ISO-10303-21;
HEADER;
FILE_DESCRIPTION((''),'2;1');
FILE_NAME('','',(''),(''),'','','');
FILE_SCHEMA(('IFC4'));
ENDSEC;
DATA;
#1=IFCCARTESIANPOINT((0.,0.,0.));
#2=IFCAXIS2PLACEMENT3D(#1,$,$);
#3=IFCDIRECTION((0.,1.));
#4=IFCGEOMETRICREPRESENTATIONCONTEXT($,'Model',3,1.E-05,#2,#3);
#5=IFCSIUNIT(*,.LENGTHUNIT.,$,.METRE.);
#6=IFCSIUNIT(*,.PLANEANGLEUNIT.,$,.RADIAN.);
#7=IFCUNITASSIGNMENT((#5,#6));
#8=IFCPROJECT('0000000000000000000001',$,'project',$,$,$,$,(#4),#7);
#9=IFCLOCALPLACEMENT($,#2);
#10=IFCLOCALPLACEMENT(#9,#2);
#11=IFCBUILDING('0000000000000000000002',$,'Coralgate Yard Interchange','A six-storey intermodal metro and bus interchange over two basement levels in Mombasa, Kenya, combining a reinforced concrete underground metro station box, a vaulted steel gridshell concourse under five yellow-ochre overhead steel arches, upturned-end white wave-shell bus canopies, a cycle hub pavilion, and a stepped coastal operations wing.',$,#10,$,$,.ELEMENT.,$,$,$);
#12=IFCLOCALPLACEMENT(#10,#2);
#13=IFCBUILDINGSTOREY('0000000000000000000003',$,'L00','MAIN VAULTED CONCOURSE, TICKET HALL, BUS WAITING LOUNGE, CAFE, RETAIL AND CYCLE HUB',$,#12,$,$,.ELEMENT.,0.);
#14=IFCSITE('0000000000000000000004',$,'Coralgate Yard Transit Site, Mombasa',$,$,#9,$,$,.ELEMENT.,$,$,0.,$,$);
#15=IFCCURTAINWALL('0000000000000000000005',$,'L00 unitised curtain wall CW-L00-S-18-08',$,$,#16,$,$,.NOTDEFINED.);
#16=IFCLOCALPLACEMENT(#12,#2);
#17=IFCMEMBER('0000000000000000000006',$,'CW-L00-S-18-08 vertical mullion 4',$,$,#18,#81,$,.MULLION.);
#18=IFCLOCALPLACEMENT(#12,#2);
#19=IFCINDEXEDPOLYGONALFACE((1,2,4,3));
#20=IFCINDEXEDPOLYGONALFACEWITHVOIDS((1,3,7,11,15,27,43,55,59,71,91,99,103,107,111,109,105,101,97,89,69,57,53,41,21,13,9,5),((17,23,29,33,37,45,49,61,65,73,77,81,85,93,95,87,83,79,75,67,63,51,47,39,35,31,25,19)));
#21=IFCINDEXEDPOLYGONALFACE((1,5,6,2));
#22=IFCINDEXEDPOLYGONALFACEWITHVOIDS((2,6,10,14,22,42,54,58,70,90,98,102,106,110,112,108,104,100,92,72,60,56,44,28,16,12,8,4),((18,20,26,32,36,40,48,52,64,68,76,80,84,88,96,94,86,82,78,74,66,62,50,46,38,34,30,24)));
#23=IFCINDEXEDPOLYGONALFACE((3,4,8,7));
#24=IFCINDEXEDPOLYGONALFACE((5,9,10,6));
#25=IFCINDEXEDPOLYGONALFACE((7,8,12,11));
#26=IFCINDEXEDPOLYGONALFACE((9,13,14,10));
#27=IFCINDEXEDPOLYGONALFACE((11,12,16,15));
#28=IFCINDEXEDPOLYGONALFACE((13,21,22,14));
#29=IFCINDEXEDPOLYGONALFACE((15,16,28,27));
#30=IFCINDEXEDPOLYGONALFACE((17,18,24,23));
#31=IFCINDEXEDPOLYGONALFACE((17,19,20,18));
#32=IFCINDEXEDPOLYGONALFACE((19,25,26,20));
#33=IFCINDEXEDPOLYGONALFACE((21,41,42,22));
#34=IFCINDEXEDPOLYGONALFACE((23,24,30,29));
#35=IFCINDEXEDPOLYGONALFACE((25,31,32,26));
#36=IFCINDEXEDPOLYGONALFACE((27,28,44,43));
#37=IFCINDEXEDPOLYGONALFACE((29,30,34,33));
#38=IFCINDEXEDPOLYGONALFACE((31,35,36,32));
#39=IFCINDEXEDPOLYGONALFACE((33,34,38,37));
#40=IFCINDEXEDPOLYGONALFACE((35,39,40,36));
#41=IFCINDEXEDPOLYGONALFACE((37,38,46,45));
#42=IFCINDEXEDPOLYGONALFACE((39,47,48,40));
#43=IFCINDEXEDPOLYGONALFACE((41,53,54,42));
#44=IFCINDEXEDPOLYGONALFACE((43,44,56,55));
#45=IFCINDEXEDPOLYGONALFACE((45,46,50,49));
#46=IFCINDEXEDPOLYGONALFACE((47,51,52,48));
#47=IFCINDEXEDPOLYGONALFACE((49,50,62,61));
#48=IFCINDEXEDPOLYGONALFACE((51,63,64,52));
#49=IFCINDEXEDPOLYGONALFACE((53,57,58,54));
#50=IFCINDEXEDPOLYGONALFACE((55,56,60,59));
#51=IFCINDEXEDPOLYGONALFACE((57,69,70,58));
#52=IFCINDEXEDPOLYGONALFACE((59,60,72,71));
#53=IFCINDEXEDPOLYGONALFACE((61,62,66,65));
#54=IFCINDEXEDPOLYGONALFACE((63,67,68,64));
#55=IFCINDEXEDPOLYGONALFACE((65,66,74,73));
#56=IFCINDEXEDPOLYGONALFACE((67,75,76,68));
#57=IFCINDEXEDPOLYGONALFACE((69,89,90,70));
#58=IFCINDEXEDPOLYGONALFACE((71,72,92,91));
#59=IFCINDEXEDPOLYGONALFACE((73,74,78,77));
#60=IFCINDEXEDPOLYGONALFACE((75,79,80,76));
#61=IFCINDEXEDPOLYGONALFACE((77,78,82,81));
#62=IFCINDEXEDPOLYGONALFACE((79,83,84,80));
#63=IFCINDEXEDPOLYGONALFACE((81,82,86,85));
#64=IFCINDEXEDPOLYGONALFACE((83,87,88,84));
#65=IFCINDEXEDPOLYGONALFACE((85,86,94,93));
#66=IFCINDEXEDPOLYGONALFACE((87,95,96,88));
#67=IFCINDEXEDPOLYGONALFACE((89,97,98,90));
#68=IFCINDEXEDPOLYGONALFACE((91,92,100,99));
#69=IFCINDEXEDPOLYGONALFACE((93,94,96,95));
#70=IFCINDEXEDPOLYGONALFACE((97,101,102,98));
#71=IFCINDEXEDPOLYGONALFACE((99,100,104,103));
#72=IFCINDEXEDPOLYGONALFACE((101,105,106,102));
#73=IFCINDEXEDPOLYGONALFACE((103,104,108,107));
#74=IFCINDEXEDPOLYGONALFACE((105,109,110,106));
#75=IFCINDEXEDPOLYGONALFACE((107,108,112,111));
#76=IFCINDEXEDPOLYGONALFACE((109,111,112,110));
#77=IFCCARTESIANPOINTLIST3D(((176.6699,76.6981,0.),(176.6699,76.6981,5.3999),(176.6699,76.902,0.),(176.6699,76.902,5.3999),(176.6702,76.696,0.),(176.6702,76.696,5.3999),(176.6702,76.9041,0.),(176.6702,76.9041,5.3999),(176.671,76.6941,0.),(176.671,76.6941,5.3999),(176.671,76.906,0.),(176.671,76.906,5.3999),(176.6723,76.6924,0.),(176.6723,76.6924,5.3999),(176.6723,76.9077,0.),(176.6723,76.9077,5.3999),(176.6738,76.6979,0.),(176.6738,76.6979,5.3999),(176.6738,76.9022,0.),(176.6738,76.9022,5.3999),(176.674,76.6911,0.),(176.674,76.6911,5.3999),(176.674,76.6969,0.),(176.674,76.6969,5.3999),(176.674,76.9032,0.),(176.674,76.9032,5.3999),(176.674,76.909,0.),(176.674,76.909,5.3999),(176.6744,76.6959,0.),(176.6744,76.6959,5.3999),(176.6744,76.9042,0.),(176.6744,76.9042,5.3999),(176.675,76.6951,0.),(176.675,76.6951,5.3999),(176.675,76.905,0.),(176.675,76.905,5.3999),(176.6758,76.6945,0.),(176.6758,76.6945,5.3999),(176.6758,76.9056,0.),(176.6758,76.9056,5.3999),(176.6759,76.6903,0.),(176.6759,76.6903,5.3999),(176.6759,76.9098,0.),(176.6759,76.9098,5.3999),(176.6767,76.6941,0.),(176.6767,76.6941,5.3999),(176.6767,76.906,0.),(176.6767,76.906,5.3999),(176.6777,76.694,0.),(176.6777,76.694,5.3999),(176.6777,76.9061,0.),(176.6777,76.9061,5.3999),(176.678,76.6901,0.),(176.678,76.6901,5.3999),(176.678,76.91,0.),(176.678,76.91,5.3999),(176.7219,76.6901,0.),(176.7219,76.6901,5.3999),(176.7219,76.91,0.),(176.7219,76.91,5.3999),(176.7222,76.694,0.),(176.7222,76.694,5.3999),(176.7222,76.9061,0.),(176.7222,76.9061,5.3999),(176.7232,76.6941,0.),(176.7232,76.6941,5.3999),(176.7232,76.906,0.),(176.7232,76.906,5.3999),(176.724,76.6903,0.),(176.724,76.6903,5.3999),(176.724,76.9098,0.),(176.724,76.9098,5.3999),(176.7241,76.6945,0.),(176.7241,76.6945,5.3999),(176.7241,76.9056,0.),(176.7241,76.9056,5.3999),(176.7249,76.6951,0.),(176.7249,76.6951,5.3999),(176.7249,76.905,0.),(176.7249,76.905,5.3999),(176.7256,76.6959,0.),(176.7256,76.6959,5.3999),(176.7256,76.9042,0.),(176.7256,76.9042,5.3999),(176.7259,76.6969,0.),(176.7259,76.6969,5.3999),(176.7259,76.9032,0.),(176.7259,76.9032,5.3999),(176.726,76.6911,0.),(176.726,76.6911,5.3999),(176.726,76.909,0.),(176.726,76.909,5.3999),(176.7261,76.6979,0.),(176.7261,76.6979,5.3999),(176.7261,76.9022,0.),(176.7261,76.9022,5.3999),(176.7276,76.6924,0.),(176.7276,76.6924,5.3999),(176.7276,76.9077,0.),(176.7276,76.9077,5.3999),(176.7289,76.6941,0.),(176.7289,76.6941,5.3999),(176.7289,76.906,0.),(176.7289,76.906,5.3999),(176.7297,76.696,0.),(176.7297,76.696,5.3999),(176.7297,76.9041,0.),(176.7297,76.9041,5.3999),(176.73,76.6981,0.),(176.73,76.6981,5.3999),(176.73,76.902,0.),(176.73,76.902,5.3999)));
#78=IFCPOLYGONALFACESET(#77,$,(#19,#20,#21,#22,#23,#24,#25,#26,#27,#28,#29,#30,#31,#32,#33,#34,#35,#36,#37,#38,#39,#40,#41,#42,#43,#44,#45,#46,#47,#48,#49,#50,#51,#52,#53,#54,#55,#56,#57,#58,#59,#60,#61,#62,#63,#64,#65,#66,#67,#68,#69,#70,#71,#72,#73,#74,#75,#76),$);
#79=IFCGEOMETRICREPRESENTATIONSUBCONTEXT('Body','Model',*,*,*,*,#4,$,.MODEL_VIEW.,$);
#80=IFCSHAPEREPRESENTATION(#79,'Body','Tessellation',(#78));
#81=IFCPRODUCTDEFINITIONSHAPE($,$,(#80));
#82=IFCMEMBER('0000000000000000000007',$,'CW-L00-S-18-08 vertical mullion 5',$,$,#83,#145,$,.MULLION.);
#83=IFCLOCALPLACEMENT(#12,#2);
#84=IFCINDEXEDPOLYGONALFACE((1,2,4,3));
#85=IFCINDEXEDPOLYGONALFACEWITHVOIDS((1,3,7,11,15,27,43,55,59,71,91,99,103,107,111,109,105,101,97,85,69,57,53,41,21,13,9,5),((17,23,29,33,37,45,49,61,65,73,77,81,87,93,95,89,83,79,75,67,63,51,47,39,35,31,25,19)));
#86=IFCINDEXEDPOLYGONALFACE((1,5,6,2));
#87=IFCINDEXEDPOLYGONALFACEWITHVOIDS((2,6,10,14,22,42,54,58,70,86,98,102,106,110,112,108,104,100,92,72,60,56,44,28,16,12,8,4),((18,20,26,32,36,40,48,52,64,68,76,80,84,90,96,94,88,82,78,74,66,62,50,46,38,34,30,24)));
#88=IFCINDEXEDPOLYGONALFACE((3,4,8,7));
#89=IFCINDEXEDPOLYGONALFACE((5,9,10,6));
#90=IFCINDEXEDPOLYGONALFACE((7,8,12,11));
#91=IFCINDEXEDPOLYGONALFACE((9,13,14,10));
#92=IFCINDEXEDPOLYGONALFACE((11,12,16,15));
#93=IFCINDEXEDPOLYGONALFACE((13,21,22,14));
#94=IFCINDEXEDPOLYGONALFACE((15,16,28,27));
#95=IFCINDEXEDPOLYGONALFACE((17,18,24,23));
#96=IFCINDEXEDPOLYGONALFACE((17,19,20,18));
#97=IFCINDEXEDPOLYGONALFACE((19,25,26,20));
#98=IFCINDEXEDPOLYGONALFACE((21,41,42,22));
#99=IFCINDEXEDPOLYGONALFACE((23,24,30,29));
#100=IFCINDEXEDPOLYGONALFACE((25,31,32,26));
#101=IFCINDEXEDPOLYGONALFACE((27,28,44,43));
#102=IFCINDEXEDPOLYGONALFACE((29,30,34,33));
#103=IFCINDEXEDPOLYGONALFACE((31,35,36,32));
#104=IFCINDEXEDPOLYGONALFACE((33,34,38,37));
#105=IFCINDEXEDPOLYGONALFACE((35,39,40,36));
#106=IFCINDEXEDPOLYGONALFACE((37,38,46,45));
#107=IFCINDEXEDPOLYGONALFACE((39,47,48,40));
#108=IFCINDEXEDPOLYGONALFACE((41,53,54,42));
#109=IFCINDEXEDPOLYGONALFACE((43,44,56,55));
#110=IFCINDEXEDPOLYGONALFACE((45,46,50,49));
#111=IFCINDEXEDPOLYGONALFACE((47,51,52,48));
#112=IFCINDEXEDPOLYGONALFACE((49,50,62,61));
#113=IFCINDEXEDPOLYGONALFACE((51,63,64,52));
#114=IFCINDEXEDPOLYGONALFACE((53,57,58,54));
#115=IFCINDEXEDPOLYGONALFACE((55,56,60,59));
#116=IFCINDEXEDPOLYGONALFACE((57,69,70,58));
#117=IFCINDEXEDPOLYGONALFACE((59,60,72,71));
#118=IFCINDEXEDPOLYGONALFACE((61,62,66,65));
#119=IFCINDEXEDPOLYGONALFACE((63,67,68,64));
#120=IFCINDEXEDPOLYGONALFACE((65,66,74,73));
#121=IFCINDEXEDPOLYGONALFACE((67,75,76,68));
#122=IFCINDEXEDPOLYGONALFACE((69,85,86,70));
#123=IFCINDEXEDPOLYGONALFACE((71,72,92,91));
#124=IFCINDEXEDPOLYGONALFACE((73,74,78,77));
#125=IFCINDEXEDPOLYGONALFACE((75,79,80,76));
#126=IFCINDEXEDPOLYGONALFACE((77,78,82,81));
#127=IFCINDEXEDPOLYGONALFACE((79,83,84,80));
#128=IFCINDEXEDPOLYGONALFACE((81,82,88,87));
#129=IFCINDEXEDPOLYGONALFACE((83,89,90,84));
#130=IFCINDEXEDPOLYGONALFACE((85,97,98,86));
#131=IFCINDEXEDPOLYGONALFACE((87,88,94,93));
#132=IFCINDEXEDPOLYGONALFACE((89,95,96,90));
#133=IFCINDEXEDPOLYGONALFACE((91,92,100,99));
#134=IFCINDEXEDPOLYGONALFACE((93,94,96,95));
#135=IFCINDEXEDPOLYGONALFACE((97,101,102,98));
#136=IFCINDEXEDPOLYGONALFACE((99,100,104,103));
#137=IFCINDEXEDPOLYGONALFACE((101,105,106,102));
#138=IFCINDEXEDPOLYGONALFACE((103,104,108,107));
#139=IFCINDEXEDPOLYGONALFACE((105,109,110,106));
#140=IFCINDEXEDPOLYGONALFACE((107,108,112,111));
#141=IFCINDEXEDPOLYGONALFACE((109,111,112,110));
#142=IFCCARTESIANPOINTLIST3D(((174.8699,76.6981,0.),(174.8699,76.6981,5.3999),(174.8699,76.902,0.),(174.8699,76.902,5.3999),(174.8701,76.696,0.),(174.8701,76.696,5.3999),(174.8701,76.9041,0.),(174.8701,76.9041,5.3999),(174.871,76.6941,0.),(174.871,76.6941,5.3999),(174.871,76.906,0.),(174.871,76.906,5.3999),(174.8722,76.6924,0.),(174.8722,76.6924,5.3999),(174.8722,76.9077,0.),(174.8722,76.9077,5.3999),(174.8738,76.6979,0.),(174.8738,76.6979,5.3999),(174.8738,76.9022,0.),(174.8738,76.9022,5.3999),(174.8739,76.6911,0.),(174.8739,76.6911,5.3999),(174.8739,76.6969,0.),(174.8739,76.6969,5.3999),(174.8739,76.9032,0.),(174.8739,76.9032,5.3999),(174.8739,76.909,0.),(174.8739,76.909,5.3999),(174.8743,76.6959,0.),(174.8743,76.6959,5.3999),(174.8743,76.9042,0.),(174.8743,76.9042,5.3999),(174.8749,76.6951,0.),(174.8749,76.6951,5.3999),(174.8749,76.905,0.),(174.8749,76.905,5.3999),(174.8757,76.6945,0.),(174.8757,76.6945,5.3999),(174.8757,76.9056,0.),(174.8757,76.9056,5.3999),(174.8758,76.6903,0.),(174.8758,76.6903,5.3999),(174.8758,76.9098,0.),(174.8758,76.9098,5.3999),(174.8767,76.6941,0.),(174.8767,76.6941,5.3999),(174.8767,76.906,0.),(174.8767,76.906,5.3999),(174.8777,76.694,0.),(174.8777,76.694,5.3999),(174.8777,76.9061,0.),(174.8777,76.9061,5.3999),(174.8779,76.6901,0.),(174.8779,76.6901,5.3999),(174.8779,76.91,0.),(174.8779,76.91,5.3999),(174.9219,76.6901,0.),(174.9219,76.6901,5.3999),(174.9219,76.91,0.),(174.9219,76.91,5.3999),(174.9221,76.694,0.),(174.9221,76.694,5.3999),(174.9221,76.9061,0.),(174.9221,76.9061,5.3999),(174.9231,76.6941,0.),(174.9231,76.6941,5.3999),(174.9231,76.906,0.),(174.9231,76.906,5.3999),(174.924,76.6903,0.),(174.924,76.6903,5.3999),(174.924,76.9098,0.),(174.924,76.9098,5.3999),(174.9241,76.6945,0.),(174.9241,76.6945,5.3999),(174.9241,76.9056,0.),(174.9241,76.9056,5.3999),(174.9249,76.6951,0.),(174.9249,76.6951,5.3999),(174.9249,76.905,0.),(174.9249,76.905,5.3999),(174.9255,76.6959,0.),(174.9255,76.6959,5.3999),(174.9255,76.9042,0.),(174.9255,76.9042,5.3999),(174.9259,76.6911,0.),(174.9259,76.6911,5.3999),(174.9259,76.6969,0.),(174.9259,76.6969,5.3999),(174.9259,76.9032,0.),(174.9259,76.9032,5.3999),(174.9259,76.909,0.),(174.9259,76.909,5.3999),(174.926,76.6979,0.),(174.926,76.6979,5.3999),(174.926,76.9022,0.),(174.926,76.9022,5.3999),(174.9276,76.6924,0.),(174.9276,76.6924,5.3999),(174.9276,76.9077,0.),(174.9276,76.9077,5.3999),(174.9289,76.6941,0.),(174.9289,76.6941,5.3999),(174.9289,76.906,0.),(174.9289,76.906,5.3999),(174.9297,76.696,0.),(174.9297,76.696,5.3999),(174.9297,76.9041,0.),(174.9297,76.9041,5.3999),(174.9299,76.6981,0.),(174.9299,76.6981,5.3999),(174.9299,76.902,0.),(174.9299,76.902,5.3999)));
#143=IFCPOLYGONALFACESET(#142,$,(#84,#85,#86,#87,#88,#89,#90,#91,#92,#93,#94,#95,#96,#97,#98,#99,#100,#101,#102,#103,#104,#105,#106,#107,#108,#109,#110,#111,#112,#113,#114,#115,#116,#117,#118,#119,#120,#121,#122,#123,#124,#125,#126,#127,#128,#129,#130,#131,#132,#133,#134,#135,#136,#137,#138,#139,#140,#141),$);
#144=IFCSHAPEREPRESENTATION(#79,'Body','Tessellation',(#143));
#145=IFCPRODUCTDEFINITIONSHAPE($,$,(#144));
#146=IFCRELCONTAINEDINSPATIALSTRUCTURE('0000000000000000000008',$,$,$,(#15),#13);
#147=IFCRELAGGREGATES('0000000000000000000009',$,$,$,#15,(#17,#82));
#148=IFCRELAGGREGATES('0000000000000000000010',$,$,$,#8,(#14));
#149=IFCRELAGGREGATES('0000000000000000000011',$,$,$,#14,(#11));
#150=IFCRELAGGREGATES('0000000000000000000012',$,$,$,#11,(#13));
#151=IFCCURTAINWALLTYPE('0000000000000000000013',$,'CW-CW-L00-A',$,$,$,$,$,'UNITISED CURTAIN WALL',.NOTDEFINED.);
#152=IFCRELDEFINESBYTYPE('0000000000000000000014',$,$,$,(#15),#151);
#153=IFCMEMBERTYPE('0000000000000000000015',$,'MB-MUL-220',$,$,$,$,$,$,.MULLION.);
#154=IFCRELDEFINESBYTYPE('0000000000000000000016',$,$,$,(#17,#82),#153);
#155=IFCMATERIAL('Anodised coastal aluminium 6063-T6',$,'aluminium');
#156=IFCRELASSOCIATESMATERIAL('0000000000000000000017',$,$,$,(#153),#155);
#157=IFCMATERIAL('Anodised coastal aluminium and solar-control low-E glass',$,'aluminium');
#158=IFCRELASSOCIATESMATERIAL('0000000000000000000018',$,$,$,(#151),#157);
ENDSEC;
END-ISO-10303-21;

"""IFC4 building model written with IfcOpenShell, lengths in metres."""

from ifc_helpers import new_model, si_unit, direction, frame, origin, origin_2d, place, context, subcontext, project, spatial, hollow_rectangle, extrude, material, material_profile, profile_set, type_object, element, aggregate, save


model = new_model("IFC4")

# Units and contexts
model_context = context("Model", 3, precision=1e-05, world=origin(), true_north=direction((0.0, 1.0)))
body_context = subcontext(model_context, "Body", "Model", "MODEL_VIEW")
ifc_project = project(units=[si_unit("LENGTHUNIT", "METRE"), si_unit("PLANEANGLEUNIT", "RADIAN")], contexts=[model_context])

# Site, building, storey
site_placement = place(None, origin())
site = spatial("IfcSite", under=ifc_project, at=site_placement, Name="Coralgate Yard Transit Site, Mombasa", CompositionType="ELEMENT", RefElevation=0.0)
building_placement = place(site_placement, origin())
building = spatial("IfcBuilding", under=site, at=building_placement, Name="Coralgate Yard Interchange", Description="A six-storey intermodal metro and bus interchange over two basement levels in Mombasa, Kenya, combining a reinforced concrete underground metro station box, a vaulted steel gridshell concourse under five yellow-ochre overhead steel arches, upturned-end white wave-shell bus canopies, a cycle hub pavilion, and a stepped coastal operations wing.", CompositionType="ELEMENT")
storey_placement = place(building_placement, origin())
storey = spatial("IfcBuildingStorey", under=building, at=storey_placement, Name="L00", Description="MAIN VAULTED CONCOURSE, TICKET HALL, BUS WAITING LOUNGE, CAFE, RETAIL AND CYCLE HUB", CompositionType="ELEMENT", Elevation=0.0)

# Shared definitions
ifc_material_1 = material(Name="Anodised coastal aluminium and solar-control low-E glass", Category="aluminium")
ifc_material_2 = material(Name="Anodised coastal aluminium 6063-T6", Category="aluminium")
ifc_material_profile_1 = material_profile(ifc_material_2, hollow_rectangle(XDim=0.0601, YDim=0.22, WallThickness=0.0039, InnerFilletRadius=0.0039, OuterFilletRadius=0.0081, at=origin_2d()), Name="ALU 60x220x4")
ifc_profile_set_1 = profile_set([ifc_material_profile_1], Name="Anodised coastal aluminium 6063-T6")
member_type_1 = type_object("IfcMemberType", Name="MB-MUL-220", PredefinedType="MULLION", material=ifc_profile_set_1)

# Curtain wall, members
curtain_wall_type_1 = type_object("IfcCurtainWallType", Name="CW-CW-L00-A", ElementType="UNITISED CURTAIN WALL", PredefinedType="NOTDEFINED", material=ifc_material_1)
curtain_wall_1_placement = place(storey_placement, origin())
curtain_wall_1 = element("IfcCurtainWall", 1, at=curtain_wall_1_placement, inside=storey, type_object=curtain_wall_type_1, Name="L00 unitised curtain wall CW-L00-S-18-08", PredefinedType="NOTDEFINED")
member_1_placement = place(storey_placement, frame((176.7, 76.8, 0.0), z_axis=(0.0, 0.0, 1.0), x_axis=(1.0, 0.0, 0.0)))
member_1 = element("IfcMember", 2, at=member_1_placement, type_object=member_type_1, Name="CW-L00-S-18-08 vertical mullion 4", PredefinedType="MULLION", context=body_context, shape_type="SweptSolid", body=[
    extrude(hollow_rectangle(XDim=0.0601, YDim=0.22, WallThickness=0.0039, InnerFilletRadius=0.0039, OuterFilletRadius=0.0081, at=origin_2d()), origin(), (0.0, 0.0, 1.0), 5.3999),
])
member_2_placement = place(storey_placement, frame((174.8999, 76.8, 0.0), z_axis=(0.0, 0.0, 1.0), x_axis=(1.0, 0.0, 0.0)))
member_2 = element("IfcMember", 3, at=member_2_placement, type_object=member_type_1, Name="CW-L00-S-18-08 vertical mullion 5", PredefinedType="MULLION", context=body_context, shape_type="SweptSolid", body=[
    extrude(hollow_rectangle(XDim=0.0601, YDim=0.22, WallThickness=0.0039, InnerFilletRadius=0.0039, OuterFilletRadius=0.0081, at=origin_2d()), origin(), (0.0, 0.0, 1.0), 5.3999),
])
aggregate(curtain_wall_1, [member_1, member_2])

save(model, "model.ifc")
